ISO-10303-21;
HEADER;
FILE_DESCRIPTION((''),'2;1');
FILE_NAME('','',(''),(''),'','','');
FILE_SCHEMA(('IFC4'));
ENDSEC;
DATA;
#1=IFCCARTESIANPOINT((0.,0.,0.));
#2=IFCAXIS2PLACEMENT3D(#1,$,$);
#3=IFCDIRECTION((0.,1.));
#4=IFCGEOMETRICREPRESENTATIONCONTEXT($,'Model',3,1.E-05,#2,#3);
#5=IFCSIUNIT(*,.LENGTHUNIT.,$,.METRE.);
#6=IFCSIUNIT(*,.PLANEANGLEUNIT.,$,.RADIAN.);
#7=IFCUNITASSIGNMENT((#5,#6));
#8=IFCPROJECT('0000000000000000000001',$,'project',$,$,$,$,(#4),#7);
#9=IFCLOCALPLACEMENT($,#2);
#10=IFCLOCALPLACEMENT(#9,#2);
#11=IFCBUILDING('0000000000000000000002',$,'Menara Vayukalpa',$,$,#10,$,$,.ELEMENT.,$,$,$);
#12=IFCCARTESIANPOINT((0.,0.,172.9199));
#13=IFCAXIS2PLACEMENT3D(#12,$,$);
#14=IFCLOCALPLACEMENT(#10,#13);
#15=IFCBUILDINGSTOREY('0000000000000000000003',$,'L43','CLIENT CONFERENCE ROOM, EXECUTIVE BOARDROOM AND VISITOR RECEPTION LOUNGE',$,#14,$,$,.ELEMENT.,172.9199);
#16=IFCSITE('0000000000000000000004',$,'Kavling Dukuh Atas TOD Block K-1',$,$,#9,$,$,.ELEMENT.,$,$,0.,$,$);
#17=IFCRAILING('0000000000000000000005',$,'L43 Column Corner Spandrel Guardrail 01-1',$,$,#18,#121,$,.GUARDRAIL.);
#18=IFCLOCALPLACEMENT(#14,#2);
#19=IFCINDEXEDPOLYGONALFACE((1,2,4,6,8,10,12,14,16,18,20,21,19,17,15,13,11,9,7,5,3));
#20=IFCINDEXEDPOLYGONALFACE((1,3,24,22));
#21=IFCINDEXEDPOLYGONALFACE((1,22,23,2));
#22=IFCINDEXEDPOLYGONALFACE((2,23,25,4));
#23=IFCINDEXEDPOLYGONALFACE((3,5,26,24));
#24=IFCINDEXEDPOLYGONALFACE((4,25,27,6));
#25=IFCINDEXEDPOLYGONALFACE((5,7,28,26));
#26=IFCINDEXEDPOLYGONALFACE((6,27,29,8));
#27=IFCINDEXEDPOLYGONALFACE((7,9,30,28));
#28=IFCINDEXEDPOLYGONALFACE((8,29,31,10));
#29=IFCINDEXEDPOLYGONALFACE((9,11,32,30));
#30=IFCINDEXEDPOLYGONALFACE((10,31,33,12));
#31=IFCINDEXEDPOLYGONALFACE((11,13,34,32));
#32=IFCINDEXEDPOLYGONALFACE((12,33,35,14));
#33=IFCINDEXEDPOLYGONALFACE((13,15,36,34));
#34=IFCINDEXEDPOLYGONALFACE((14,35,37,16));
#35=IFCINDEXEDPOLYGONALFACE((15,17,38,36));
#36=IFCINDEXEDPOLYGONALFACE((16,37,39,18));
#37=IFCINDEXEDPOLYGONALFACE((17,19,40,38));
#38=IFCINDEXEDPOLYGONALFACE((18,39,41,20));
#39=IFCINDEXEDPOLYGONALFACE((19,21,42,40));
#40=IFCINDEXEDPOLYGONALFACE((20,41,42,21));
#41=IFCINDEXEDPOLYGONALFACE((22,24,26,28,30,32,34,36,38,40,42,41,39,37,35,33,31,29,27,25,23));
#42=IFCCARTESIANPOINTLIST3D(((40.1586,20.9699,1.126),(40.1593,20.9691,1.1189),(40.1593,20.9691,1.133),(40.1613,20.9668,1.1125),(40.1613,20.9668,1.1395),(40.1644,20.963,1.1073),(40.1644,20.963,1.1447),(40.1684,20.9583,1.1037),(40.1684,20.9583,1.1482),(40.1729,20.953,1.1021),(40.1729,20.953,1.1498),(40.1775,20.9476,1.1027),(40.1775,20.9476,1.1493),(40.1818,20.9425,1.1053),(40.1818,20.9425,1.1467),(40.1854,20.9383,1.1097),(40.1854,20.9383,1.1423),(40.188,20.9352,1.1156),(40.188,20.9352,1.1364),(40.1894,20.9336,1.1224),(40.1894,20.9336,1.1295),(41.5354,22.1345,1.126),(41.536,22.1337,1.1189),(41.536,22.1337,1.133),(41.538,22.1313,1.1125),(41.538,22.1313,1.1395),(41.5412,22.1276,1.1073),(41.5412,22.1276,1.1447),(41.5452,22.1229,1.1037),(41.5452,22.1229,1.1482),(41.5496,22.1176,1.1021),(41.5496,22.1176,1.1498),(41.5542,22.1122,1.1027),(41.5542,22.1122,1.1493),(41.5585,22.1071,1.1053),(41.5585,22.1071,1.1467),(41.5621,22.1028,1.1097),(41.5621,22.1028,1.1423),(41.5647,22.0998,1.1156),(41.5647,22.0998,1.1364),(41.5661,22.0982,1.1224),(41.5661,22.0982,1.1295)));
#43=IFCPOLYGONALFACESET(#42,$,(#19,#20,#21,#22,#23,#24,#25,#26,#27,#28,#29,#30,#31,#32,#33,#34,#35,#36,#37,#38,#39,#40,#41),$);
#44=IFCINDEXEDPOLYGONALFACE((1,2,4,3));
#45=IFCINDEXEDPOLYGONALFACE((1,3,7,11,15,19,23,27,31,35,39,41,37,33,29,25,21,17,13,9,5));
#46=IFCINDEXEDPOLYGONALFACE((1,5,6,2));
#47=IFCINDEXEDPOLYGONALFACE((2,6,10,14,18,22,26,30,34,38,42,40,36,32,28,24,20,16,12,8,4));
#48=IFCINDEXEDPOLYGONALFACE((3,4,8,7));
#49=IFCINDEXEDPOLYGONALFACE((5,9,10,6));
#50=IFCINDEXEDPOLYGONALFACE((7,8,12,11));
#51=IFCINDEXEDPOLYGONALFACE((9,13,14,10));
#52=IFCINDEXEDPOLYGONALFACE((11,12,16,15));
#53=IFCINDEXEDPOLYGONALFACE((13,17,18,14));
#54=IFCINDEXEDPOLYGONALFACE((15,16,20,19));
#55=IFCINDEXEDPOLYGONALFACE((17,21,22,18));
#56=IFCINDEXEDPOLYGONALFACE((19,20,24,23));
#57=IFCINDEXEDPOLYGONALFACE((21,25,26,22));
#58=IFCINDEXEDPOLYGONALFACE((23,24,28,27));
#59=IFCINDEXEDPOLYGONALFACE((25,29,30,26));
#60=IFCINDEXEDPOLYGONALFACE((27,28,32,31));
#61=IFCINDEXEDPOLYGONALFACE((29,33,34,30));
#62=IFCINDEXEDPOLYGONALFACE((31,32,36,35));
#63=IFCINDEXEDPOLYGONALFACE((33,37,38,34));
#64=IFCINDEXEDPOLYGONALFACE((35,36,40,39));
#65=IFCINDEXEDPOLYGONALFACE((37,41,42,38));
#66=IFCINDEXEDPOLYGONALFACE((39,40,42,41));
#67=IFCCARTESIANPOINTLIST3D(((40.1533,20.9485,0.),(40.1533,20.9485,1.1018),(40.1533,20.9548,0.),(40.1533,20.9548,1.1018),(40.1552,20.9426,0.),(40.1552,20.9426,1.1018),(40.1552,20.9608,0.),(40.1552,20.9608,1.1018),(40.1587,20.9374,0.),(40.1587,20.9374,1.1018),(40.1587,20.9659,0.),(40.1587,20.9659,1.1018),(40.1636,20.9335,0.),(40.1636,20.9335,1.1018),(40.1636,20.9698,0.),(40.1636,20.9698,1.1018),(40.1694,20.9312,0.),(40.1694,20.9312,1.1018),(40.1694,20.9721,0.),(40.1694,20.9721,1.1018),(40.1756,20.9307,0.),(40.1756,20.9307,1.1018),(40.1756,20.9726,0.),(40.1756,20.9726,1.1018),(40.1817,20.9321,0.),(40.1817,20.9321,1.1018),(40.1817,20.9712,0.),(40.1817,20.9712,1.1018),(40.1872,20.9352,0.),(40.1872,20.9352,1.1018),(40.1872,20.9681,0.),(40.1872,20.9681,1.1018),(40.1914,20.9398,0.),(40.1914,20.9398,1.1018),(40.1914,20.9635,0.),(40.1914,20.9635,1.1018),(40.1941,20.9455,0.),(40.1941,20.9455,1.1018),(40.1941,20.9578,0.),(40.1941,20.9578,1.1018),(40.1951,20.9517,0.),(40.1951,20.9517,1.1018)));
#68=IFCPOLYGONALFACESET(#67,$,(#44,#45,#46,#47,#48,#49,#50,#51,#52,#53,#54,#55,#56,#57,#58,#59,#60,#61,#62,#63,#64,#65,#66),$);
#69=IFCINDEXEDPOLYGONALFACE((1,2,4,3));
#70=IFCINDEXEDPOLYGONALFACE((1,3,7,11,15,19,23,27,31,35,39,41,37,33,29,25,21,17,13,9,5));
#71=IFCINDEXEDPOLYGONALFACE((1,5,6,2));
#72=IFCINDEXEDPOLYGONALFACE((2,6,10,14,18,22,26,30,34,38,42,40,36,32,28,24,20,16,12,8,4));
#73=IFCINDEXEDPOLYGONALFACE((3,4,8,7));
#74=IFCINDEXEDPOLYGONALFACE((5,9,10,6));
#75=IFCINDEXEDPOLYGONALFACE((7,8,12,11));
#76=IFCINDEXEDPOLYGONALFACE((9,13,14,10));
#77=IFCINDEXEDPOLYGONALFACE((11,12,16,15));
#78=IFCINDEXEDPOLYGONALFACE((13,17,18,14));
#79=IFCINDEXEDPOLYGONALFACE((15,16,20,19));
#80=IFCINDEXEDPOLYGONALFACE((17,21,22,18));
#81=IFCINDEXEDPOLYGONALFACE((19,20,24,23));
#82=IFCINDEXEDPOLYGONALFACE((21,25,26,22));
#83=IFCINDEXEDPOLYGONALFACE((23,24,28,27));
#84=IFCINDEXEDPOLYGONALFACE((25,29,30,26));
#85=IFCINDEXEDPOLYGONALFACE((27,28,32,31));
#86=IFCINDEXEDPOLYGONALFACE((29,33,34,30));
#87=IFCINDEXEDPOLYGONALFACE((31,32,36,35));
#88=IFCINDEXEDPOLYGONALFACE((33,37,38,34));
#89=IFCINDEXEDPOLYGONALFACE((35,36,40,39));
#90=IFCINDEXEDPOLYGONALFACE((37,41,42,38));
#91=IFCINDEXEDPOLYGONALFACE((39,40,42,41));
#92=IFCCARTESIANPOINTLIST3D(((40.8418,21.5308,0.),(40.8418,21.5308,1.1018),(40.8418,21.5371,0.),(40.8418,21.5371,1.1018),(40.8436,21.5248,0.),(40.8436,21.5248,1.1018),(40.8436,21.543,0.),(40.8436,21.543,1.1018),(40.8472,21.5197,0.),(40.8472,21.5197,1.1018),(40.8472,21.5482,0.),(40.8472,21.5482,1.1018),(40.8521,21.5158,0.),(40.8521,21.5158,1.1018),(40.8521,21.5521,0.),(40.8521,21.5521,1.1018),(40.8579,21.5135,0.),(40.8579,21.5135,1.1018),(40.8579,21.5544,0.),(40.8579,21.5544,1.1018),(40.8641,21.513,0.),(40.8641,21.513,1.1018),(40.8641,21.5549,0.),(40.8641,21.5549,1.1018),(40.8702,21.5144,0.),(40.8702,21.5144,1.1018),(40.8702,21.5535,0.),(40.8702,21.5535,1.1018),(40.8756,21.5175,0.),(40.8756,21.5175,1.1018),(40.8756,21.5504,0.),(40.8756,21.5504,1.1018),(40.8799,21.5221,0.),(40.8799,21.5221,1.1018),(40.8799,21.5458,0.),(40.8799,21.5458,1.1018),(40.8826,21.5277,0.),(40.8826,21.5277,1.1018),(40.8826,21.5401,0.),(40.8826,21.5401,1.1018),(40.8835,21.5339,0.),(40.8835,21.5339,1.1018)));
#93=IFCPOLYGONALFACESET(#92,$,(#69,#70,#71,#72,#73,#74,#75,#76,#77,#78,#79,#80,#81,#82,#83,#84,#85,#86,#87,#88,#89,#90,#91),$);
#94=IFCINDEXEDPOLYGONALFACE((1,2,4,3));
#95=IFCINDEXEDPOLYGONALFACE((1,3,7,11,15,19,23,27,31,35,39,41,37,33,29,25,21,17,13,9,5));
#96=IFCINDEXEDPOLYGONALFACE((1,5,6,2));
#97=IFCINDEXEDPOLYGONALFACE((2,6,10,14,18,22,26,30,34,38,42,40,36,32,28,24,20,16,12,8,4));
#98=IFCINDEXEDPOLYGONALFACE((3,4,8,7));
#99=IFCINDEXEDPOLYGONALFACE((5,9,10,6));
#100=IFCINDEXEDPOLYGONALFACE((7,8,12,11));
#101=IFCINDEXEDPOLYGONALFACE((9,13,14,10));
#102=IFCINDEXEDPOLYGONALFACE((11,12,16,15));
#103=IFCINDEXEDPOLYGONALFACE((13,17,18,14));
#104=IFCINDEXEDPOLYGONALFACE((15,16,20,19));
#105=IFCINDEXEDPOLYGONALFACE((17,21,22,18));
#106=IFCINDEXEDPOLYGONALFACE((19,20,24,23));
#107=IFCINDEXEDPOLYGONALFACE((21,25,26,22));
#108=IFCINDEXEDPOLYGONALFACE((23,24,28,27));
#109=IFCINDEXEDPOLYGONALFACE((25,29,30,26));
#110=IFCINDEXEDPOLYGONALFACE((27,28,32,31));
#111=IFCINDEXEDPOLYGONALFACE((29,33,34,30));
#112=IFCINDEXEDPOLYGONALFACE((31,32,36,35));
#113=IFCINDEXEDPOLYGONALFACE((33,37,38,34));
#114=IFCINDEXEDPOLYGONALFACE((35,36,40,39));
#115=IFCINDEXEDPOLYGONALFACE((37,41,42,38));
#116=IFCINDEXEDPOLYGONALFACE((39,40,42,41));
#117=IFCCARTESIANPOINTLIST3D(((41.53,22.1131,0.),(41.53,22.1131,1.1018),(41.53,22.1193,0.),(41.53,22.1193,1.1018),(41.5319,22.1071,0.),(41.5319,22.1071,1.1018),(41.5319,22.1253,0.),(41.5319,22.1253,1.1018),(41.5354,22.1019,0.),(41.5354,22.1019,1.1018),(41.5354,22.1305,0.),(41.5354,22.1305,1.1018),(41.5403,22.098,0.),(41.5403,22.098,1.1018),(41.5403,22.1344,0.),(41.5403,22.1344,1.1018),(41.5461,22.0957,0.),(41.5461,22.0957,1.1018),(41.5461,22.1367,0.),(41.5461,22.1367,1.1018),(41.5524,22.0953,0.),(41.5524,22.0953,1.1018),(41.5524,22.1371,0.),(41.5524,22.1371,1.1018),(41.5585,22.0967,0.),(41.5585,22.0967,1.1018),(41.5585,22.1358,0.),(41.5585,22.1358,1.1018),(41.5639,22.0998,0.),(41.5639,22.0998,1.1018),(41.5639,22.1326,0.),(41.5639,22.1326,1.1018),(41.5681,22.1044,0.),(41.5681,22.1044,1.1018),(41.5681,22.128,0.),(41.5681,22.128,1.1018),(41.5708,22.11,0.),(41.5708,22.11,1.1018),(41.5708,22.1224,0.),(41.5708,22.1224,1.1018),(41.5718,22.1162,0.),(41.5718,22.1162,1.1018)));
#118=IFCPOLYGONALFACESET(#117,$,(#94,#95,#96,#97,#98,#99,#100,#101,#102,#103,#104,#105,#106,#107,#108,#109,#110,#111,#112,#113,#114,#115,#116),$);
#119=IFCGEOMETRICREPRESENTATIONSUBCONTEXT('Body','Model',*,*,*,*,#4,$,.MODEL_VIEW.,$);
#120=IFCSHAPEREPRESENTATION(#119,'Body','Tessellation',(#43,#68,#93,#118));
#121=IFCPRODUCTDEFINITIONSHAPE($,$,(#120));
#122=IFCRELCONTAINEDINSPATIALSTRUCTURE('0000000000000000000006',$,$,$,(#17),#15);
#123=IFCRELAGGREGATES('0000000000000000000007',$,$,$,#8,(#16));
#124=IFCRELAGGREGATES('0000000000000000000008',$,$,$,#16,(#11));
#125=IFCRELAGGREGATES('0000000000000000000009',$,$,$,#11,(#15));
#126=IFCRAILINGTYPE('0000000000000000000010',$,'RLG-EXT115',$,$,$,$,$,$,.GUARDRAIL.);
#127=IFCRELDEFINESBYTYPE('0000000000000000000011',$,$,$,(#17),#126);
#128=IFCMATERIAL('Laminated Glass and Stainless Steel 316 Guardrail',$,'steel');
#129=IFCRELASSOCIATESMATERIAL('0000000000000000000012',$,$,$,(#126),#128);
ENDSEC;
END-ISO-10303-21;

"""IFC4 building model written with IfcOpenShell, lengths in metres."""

from ifc_helpers import new_model, si_unit, direction, frame, origin, origin_2d, place, context, subcontext, project, spatial, circle, extrude, material, type_object, element, save


model = new_model("IFC4")

# Units and contexts
model_context = context("Model", 3, precision=1e-05, world=origin(), true_north=direction((0.0, 1.0)))
body_context = subcontext(model_context, "Body", "Model", "MODEL_VIEW")
ifc_project = project(units=[si_unit("LENGTHUNIT", "METRE"), si_unit("PLANEANGLEUNIT", "RADIAN")], contexts=[model_context])

# Site, building, storey
site_placement = place(None, origin())
site = spatial("IfcSite", under=ifc_project, at=site_placement, Name="Kavling Dukuh Atas TOD Block K-1", CompositionType="ELEMENT", RefElevation=0.0)
building_placement = place(site_placement, origin())
building = spatial("IfcBuilding", under=site, at=building_placement, Name="Menara Vayukalpa", CompositionType="ELEMENT")
storey_placement = place(building_placement, frame((0.0, 0.0, 172.9199)))
storey = spatial("IfcBuildingStorey", under=building, at=storey_placement, Name="L43", Description="CLIENT CONFERENCE ROOM, EXECUTIVE BOARDROOM AND VISITOR RECEPTION LOUNGE", CompositionType="ELEMENT", Elevation=172.9199)

# Railing
ifc_material_1 = material(Name="Laminated Glass and Stainless Steel 316 Guardrail", Category="steel")
railing_type_1 = type_object("IfcRailingType", Name="RLG-EXT115", PredefinedType="GUARDRAIL", material=ifc_material_1)
railing_1_placement = place(storey_placement, frame((40.1741, 20.9517, 0.0)))
element("IfcRailing", 1, at=railing_1_placement, inside=storey, type_object=railing_type_1, Name="L43 Column Corner Spandrel Guardrail 01-1", PredefinedType="GUARDRAIL", context=body_context, shape_type="SweptSolid", body=[
    extrude(circle(Radius=0.0239, at=origin_2d()), frame((0.0, 0.0, 1.126), z_axis=(0.763484, 0.645827, 0.0), x_axis=(-0.645827, 0.763484, 0.0)), (0.0, 0.0, 1.0), 1.8032),
    extrude(circle(Radius=0.021, at=origin_2d()), origin(), (0.0, 0.0, 1.0), 1.1018),
    extrude(circle(Radius=0.021, at=origin_2d()), frame((0.6885, 0.5823, 0.0)), (0.0, 0.0, 1.0), 1.1018),
    extrude(circle(Radius=0.021, at=origin_2d()), frame((1.3767, 1.1646, 0.0)), (0.0, 0.0, 1.0), 1.1018),
])

save(model, "model.ifc")
